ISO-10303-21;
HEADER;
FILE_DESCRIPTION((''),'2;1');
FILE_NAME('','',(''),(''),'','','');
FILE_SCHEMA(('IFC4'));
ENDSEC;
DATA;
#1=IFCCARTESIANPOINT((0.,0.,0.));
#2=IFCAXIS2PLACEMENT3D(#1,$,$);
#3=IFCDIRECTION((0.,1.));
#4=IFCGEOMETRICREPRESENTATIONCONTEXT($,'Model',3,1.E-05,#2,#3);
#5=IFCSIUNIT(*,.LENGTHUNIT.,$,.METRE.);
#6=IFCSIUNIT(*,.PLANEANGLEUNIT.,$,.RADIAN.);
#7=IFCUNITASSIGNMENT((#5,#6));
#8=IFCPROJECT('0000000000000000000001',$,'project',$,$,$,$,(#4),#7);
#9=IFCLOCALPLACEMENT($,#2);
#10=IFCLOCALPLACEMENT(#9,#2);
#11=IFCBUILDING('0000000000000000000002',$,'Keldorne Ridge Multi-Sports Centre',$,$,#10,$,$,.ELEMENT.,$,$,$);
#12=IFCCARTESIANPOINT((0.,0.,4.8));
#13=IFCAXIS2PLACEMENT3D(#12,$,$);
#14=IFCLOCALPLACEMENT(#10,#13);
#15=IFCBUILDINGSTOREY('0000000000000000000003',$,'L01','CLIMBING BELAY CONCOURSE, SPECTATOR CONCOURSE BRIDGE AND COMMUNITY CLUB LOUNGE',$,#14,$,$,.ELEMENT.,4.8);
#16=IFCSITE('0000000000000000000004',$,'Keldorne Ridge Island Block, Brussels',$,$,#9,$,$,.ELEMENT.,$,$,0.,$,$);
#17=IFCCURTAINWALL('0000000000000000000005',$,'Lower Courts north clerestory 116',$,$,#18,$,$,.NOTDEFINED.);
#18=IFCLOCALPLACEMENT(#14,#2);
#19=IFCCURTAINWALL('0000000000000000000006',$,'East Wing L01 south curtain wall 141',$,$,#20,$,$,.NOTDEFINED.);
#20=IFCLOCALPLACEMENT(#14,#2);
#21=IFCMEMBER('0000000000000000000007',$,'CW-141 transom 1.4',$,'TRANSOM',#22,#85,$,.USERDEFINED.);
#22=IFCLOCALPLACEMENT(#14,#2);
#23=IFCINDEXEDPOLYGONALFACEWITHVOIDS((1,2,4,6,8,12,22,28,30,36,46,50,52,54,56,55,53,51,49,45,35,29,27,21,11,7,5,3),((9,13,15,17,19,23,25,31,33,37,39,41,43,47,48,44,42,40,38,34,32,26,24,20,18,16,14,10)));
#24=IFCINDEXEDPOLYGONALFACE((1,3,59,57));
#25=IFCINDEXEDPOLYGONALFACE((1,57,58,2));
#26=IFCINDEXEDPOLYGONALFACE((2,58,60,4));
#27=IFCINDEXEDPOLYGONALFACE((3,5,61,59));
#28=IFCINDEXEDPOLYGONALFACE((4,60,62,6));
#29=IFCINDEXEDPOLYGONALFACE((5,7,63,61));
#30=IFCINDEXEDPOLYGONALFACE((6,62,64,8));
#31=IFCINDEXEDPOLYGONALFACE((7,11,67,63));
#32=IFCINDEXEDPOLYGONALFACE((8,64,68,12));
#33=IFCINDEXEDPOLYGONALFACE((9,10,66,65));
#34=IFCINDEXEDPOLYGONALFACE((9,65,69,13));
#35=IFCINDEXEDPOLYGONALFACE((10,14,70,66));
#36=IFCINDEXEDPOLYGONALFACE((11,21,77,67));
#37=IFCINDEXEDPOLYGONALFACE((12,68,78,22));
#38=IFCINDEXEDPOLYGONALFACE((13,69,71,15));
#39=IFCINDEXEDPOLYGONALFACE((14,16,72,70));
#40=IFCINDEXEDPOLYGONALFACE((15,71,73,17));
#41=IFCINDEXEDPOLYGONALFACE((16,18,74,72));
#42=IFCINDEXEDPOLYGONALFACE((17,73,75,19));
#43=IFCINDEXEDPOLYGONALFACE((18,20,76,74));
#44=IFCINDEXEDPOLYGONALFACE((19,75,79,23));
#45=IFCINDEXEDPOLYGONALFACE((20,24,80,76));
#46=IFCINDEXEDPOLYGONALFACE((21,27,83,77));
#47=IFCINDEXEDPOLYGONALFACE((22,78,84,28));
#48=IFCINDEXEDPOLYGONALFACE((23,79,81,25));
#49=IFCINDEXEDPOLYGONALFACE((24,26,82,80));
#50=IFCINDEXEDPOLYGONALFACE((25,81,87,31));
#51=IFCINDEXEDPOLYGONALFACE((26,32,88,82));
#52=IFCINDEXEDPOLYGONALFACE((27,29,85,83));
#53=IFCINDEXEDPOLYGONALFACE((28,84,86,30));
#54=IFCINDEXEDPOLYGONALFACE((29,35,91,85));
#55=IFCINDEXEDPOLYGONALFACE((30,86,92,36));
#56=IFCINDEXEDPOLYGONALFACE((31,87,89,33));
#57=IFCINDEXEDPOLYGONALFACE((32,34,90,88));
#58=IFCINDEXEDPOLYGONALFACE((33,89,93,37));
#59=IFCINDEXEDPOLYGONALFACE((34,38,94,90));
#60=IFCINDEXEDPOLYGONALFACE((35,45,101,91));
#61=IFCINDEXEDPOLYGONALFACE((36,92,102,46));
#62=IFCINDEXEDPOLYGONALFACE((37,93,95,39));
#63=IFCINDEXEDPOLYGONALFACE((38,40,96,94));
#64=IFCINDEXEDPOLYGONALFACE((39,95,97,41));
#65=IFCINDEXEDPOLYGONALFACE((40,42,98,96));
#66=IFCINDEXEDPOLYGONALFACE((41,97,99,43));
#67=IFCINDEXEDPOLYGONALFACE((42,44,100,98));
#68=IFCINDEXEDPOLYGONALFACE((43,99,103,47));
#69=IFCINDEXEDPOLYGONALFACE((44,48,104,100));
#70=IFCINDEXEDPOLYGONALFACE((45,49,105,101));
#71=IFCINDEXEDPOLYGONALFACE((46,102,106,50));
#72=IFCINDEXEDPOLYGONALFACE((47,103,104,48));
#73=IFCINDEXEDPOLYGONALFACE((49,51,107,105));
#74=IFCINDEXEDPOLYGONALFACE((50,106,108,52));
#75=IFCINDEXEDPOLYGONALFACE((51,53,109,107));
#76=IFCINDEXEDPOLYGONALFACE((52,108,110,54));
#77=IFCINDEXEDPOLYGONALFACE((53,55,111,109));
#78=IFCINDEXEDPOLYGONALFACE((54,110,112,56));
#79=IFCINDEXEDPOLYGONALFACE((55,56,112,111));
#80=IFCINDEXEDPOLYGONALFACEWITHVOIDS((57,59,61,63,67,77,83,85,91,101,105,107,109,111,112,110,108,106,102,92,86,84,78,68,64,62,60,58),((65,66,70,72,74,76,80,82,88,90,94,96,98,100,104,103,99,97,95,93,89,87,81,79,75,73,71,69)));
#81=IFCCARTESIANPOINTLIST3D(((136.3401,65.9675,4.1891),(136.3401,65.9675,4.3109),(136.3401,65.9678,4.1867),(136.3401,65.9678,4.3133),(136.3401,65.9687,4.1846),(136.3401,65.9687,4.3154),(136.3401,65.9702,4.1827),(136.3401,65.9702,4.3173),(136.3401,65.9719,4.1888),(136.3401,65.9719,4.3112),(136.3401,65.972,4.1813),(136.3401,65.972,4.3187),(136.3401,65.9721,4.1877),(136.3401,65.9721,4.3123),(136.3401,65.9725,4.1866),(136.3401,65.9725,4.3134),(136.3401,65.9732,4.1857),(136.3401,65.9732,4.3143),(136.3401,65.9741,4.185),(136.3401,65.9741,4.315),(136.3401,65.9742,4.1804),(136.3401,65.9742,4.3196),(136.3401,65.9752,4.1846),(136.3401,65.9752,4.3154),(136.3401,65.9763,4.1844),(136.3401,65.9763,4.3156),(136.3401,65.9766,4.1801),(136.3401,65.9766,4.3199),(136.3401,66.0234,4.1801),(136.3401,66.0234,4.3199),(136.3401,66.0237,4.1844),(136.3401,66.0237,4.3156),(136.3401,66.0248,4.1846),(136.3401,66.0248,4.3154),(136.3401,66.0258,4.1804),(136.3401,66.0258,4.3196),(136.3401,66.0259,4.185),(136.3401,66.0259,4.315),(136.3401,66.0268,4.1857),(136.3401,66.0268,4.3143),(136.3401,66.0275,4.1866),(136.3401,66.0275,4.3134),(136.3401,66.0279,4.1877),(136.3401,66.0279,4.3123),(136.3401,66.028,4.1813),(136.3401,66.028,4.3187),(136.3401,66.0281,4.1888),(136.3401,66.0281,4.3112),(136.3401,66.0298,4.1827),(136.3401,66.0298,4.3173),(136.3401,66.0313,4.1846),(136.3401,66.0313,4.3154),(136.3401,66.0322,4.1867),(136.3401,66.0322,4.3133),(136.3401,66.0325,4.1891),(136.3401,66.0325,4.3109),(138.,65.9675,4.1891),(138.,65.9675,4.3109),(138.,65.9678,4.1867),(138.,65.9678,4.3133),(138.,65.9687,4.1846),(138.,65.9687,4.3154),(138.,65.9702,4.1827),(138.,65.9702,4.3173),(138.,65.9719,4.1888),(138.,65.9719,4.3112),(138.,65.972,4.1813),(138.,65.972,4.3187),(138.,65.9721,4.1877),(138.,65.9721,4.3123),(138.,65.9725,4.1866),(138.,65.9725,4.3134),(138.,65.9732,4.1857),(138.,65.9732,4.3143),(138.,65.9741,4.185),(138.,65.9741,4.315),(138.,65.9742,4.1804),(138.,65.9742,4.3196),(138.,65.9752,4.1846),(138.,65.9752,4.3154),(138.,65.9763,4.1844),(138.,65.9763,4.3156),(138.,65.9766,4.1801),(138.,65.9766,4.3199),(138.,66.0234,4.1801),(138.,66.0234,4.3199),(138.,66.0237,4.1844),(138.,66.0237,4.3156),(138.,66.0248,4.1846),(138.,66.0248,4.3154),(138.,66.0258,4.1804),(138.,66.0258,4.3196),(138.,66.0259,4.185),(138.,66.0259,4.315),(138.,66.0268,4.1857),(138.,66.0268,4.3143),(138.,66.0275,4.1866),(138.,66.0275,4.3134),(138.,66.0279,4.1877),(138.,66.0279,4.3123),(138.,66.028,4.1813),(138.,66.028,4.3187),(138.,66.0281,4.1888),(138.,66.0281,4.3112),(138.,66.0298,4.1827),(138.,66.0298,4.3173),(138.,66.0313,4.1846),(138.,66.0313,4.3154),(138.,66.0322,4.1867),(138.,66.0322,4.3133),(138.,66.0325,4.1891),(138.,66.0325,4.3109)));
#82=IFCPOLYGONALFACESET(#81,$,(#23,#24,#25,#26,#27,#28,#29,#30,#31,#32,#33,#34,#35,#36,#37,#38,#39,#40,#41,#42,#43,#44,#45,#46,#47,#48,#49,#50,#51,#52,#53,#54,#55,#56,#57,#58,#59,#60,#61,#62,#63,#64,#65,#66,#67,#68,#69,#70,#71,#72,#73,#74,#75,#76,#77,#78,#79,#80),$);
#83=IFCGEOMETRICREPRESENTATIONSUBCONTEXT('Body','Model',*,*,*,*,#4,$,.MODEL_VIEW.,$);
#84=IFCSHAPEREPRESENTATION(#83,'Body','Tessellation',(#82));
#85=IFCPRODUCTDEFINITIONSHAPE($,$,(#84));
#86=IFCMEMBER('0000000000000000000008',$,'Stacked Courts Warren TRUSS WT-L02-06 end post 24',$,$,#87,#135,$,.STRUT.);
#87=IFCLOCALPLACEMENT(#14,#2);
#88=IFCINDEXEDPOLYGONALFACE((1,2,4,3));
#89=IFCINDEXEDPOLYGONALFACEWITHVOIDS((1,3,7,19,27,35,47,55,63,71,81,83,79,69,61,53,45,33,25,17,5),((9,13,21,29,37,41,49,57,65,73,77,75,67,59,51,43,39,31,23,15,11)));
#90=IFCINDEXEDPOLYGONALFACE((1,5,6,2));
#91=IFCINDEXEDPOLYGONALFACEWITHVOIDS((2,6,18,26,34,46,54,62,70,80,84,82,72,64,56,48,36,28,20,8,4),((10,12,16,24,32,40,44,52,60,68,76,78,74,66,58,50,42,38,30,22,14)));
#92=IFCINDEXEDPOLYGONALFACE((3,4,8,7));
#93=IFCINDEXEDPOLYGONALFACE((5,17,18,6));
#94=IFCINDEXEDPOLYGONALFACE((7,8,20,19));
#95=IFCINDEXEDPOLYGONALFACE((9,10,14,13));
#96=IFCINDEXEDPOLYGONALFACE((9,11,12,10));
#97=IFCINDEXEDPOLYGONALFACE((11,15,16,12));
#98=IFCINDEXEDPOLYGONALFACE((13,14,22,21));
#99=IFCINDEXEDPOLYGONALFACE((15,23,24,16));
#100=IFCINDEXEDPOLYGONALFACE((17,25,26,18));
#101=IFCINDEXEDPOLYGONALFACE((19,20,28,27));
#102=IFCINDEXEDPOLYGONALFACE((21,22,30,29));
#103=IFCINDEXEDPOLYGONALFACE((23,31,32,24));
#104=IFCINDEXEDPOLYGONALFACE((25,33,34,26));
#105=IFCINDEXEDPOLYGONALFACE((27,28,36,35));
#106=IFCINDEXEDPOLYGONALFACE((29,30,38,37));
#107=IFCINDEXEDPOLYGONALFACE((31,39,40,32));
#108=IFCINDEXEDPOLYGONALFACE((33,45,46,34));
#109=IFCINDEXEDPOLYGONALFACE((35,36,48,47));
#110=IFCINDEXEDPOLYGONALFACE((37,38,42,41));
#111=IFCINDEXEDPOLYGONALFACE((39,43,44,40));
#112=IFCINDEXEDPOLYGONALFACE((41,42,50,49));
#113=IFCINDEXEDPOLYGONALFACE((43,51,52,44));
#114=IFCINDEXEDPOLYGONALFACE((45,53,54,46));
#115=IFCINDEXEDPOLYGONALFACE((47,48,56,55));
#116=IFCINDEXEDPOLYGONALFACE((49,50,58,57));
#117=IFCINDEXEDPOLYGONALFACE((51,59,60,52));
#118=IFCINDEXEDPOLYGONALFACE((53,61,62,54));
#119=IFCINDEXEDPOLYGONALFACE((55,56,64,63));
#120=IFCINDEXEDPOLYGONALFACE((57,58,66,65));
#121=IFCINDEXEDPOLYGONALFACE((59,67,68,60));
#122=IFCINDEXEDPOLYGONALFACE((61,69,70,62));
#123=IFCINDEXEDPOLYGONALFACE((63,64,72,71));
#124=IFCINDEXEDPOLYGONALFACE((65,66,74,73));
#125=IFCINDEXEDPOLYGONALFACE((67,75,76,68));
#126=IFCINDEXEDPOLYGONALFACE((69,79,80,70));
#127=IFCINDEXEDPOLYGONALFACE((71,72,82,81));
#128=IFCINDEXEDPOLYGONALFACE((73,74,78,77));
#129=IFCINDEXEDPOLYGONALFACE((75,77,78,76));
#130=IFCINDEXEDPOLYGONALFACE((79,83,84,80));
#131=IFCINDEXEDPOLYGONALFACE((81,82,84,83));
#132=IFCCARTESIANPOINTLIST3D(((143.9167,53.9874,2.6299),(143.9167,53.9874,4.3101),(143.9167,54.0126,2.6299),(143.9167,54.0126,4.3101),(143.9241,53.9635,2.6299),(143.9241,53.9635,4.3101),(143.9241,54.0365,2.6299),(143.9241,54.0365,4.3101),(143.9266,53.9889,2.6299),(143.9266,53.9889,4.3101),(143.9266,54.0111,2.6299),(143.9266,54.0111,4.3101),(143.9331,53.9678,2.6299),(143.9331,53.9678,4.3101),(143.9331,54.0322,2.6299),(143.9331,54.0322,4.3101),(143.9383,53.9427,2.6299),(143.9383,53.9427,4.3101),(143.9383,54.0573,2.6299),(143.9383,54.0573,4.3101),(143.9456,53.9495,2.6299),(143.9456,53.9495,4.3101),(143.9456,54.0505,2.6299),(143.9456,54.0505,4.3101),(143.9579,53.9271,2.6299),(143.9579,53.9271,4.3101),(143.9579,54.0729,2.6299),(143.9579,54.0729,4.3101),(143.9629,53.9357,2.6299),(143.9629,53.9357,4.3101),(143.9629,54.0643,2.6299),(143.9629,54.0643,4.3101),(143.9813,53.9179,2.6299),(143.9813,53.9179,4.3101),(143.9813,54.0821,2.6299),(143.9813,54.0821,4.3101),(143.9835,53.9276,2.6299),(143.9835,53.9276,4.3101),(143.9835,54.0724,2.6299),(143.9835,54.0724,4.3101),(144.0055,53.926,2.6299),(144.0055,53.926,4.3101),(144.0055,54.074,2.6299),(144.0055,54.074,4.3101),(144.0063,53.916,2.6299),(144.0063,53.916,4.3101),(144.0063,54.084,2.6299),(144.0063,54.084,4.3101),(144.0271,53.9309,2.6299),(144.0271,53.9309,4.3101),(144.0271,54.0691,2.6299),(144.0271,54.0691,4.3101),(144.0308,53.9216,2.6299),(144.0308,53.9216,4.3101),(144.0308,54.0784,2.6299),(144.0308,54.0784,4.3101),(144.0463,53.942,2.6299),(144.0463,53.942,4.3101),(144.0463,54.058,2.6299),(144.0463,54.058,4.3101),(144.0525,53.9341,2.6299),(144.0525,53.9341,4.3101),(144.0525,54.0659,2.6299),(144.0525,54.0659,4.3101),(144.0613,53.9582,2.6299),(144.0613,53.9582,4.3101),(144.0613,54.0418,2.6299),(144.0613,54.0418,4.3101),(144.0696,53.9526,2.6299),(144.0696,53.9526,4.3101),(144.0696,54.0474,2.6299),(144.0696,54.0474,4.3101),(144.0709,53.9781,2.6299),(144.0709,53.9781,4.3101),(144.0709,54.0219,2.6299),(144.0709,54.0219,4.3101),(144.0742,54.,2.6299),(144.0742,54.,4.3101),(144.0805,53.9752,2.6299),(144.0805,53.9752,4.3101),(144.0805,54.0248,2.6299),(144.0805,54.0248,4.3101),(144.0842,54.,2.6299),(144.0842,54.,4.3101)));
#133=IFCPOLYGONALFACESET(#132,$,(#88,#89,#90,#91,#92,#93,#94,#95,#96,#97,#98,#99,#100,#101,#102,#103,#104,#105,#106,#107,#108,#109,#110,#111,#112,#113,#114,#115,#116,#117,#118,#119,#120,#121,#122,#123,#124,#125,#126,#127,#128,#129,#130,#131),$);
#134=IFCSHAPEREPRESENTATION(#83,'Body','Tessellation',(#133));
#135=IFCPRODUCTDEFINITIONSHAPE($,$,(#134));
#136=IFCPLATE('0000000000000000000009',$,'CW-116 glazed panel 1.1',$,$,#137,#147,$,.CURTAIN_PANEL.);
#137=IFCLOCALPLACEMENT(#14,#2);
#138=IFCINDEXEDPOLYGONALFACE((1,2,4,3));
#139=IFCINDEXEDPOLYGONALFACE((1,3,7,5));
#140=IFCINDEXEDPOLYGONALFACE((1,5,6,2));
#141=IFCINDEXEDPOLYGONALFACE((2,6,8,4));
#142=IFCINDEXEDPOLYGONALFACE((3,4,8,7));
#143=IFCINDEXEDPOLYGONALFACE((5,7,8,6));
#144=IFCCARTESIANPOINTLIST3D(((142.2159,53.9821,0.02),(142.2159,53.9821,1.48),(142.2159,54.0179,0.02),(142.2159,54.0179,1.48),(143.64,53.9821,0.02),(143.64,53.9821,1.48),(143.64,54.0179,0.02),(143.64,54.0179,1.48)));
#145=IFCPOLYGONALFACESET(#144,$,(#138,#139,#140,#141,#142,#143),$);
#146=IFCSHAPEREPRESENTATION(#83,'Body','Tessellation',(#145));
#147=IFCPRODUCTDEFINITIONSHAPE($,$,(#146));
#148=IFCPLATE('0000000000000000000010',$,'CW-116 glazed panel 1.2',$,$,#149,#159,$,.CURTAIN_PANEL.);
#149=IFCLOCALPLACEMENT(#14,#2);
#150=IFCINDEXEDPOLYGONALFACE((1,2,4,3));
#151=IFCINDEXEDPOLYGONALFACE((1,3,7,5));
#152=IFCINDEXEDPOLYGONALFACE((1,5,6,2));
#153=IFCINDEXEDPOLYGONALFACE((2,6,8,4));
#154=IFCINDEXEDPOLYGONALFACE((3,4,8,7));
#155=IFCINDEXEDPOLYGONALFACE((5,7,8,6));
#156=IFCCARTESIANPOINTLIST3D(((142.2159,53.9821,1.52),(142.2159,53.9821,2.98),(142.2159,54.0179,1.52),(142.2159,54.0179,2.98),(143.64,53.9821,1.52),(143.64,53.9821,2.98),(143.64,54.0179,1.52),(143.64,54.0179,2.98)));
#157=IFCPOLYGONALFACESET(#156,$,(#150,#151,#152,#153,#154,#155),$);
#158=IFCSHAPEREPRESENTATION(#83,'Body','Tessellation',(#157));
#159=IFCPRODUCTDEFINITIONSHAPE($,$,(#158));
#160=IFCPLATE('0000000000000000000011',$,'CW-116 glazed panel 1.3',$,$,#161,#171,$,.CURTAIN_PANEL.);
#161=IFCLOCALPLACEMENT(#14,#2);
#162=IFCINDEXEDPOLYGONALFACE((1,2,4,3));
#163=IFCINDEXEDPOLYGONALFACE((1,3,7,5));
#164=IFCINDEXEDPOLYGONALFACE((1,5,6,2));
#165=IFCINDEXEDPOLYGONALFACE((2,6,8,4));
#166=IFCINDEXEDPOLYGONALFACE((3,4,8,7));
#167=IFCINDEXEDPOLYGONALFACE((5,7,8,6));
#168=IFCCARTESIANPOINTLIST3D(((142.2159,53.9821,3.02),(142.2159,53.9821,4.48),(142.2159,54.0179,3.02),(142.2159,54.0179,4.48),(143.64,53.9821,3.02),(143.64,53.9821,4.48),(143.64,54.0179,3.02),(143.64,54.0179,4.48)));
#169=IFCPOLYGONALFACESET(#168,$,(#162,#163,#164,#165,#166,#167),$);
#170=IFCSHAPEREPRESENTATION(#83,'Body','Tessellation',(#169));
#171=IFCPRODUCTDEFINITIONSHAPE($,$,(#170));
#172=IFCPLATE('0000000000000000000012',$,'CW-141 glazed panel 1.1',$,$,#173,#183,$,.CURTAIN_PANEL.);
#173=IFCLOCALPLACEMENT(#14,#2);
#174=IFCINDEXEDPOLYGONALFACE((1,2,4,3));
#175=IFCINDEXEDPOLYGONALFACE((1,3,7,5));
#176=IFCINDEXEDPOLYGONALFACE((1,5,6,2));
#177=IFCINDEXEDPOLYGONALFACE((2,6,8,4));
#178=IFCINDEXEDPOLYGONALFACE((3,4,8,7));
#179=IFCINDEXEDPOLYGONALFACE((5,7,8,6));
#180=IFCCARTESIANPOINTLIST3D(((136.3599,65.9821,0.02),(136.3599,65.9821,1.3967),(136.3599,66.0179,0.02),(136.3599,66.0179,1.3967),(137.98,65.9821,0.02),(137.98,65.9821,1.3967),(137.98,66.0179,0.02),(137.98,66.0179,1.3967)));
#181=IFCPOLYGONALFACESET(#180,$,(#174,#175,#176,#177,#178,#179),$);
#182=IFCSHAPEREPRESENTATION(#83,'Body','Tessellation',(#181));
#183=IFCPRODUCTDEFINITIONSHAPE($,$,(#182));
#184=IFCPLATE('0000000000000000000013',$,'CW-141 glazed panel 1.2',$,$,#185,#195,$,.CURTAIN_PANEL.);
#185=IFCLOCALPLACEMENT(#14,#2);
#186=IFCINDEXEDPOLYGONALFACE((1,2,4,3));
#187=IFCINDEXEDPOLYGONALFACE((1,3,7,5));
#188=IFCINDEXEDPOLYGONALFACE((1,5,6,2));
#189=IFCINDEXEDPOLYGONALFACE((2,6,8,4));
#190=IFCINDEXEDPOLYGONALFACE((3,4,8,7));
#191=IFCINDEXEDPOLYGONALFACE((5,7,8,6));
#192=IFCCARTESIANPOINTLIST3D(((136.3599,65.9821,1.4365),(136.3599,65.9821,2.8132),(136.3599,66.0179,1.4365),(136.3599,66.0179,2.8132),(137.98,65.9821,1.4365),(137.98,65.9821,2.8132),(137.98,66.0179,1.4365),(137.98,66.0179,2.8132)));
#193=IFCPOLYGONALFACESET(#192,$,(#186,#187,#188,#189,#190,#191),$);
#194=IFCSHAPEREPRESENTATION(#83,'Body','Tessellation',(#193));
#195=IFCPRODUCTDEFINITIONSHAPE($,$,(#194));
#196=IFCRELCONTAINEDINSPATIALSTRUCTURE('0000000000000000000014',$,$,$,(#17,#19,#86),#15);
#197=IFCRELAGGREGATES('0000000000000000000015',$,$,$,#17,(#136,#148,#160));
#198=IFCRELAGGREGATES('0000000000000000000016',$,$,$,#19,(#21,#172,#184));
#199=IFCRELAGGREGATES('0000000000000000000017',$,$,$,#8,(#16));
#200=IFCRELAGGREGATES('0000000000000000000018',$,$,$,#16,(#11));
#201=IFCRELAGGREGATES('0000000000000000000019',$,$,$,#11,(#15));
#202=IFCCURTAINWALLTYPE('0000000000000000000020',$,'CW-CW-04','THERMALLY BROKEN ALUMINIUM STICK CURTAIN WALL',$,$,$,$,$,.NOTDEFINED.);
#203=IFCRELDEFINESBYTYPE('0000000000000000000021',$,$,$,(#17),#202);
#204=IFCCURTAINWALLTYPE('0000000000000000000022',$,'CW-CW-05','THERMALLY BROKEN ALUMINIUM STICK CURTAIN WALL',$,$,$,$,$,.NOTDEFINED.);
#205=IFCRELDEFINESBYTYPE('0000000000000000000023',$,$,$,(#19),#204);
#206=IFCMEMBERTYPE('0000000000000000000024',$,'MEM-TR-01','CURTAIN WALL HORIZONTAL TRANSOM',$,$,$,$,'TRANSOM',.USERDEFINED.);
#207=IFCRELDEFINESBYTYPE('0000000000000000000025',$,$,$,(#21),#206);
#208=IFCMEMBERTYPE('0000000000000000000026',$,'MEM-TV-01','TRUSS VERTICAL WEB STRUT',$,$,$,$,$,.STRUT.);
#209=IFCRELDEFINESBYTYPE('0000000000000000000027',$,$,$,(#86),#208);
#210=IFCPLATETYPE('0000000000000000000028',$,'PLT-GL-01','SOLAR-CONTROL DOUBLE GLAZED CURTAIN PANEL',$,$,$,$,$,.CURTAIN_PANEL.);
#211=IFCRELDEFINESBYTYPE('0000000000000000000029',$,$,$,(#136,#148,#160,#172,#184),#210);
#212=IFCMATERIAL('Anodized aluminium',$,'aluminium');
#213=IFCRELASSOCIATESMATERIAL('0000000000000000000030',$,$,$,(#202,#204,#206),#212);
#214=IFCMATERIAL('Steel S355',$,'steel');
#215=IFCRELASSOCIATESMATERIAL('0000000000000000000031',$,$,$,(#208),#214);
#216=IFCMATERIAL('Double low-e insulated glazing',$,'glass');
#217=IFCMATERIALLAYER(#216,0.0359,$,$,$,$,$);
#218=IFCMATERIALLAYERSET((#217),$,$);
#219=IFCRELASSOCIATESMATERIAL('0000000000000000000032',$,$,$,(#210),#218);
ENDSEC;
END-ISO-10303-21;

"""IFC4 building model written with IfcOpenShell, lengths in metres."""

from ifc_helpers import new_model, si_unit, direction, frame, origin, origin_2d, place, context, subcontext, project, spatial, rectangle, hollow_rectangle, hollow_circle, extrude, material, layer, layer_set, material_profile, profile_set, type_object, element, aggregate, save


model = new_model("IFC4")

# Units and contexts
model_context = context("Model", 3, precision=1e-05, world=origin(), true_north=direction((0.0, 1.0)))
body_context = subcontext(model_context, "Body", "Model", "MODEL_VIEW")
ifc_project = project(units=[si_unit("LENGTHUNIT", "METRE"), si_unit("PLANEANGLEUNIT", "RADIAN")], contexts=[model_context])

# Site, building, storey
site_placement = place(None, origin())
site = spatial("IfcSite", under=ifc_project, at=site_placement, Name="Keldorne Ridge Island Block, Brussels", CompositionType="ELEMENT", RefElevation=0.0)
building_placement = place(site_placement, origin())
building = spatial("IfcBuilding", under=site, at=building_placement, Name="Keldorne Ridge Multi-Sports Centre", CompositionType="ELEMENT")
storey_placement = place(building_placement, frame((0.0, 0.0, 4.8)))
storey = spatial("IfcBuildingStorey", under=building, at=storey_placement, Name="L01", Description="CLIMBING BELAY CONCOURSE, SPECTATOR CONCOURSE BRIDGE AND COMMUNITY CLUB LOUNGE", CompositionType="ELEMENT", Elevation=4.8)

# Shared definitions
ifc_material_1 = material(Name="Steel S355", Category="steel")

# Curtain walls
ifc_material_2 = material(Name="Anodized aluminium", Category="aluminium")
curtain_wall_type_1 = type_object("IfcCurtainWallType", Name="CW-CW-04", Description="THERMALLY BROKEN ALUMINIUM STICK CURTAIN WALL", PredefinedType="NOTDEFINED", material=ifc_material_2)
curtain_wall_1_placement = place(storey_placement, origin())
curtain_wall_1 = element("IfcCurtainWall", 1, at=curtain_wall_1_placement, inside=storey, type_object=curtain_wall_type_1, Name="Lower Courts north clerestory 116", PredefinedType="NOTDEFINED")
curtain_wall_type_2 = type_object("IfcCurtainWallType", Name="CW-CW-05", Description="THERMALLY BROKEN ALUMINIUM STICK CURTAIN WALL", PredefinedType="NOTDEFINED", material=ifc_material_2)
curtain_wall_2_placement = place(storey_placement, origin())
curtain_wall_2 = element("IfcCurtainWall", 2, at=curtain_wall_2_placement, inside=storey, type_object=curtain_wall_type_2, Name="East Wing L01 south curtain wall 141", PredefinedType="NOTDEFINED")

# Members
ifc_material_profile_1 = material_profile(ifc_material_2, hollow_rectangle(XDim=0.0649, YDim=0.1399, WallThickness=0.0044, InnerFilletRadius=0.0044, OuterFilletRadius=0.009, at=origin_2d()), Name="ALU TRANSOM 140x65x4.5")
ifc_profile_set_1 = profile_set([ifc_material_profile_1], Name="Anodized aluminium")
member_type_1 = type_object("IfcMemberType", Name="MEM-TR-01", Description="CURTAIN WALL HORIZONTAL TRANSOM", ElementType="TRANSOM", PredefinedType="USERDEFINED", material=ifc_profile_set_1)
member_1_placement = place(storey_placement, frame((136.3401, 66.0, 4.25), z_axis=(1.0, 0.0, 0.0), x_axis=(0.0, 1.0, 0.0)))
member_1 = element("IfcMember", 3, at=member_1_placement, type_object=member_type_1, Name="CW-141 transom 1.4", ObjectType="TRANSOM", PredefinedType="USERDEFINED", context=body_context, shape_type="SweptSolid", body=[
    extrude(hollow_rectangle(XDim=0.0649, YDim=0.1399, WallThickness=0.0044, InnerFilletRadius=0.0044, OuterFilletRadius=0.009, at=origin_2d()), origin(), (0.0, 0.0, 1.0), 1.6599),
])
ifc_material_profile_2 = material_profile(ifc_material_1, hollow_circle(Radius=0.0842, WallThickness=0.01, at=origin_2d()), Name="CHS 168.3x10")
ifc_profile_set_2 = profile_set([ifc_material_profile_2], Name="Steel S355")
member_type_2 = type_object("IfcMemberType", Name="MEM-TV-01", Description="TRUSS VERTICAL WEB STRUT", PredefinedType="STRUT", material=ifc_profile_set_2)
member_2_placement = place(storey_placement, frame((144.0, 54.0, 2.6299), z_axis=(0.0, 0.0, 1.0), x_axis=(1.0, 0.0, 0.0)))
element("IfcMember", 4, at=member_2_placement, inside=storey, type_object=member_type_2, Name="Stacked Courts Warren TRUSS WT-L02-06 end post 24", PredefinedType="STRUT", context=body_context, shape_type="SweptSolid", body=[
    extrude(hollow_circle(Radius=0.0842, WallThickness=0.01, at=origin_2d()), origin(), (0.0, 0.0, 1.0), 1.6802),
])

# Plates
ifc_material_3 = material(Name="Double low-e insulated glazing", Category="glass")
ifc_layer = layer(ifc_material_3, 0.0359)
ifc_layer_set = layer_set([ifc_layer])
plate_type = type_object("IfcPlateType", Name="PLT-GL-01", Description="SOLAR-CONTROL DOUBLE GLAZED CURTAIN PANEL", PredefinedType="CURTAIN_PANEL", material=ifc_layer_set)
plate_1_placement = place(storey_placement, frame((142.928, 54.0, 0.02), z_axis=(0.0, 0.0, 1.0), x_axis=(-1.0, 0.0, 0.0)))
plate_1 = element("IfcPlate", 5, at=plate_1_placement, type_object=plate_type, Name="CW-116 glazed panel 1.1", PredefinedType="CURTAIN_PANEL", context=body_context, shape_type="SweptSolid", body=[
    extrude(rectangle(XDim=1.4241, YDim=0.0359, at=origin_2d()), origin(), (0.0, 0.0, 1.0), 1.46),
])
plate_2_placement = place(storey_placement, frame((142.928, 54.0, 1.52), z_axis=(0.0, 0.0, 1.0), x_axis=(-1.0, 0.0, 0.0)))
plate_2 = element("IfcPlate", 6, at=plate_2_placement, type_object=plate_type, Name="CW-116 glazed panel 1.2", PredefinedType="CURTAIN_PANEL", context=body_context, shape_type="SweptSolid", body=[
    extrude(rectangle(XDim=1.4241, YDim=0.0359, at=origin_2d()), origin(), (0.0, 0.0, 1.0), 1.46),
])
plate_3_placement = place(storey_placement, frame((142.928, 54.0, 3.02), z_axis=(0.0, 0.0, 1.0), x_axis=(-1.0, 0.0, 0.0)))
plate_3 = element("IfcPlate", 7, at=plate_3_placement, type_object=plate_type, Name="CW-116 glazed panel 1.3", PredefinedType="CURTAIN_PANEL", context=body_context, shape_type="SweptSolid", body=[
    extrude(rectangle(XDim=1.4241, YDim=0.0359, at=origin_2d()), origin(), (0.0, 0.0, 1.0), 1.46),
])
aggregate(curtain_wall_1, [plate_1, plate_2, plate_3])
plate_4_placement = place(storey_placement, frame((137.1699, 66.0, 0.02), z_axis=(0.0, 0.0, 1.0), x_axis=(1.0, 0.0, 0.0)))
plate_4 = element("IfcPlate", 8, at=plate_4_placement, type_object=plate_type, Name="CW-141 glazed panel 1.1", PredefinedType="CURTAIN_PANEL", context=body_context, shape_type="SweptSolid", body=[
    extrude(rectangle(XDim=1.6201, YDim=0.0359, at=origin_2d()), origin(), (0.0, 0.0, 1.0), 1.3767),
])
plate_5_placement = place(storey_placement, frame((137.1699, 66.0, 1.4365), z_axis=(0.0, 0.0, 1.0), x_axis=(1.0, 0.0, 0.0)))
plate_5 = element("IfcPlate", 9, at=plate_5_placement, type_object=plate_type, Name="CW-141 glazed panel 1.2", PredefinedType="CURTAIN_PANEL", context=body_context, shape_type="SweptSolid", body=[
    extrude(rectangle(XDim=1.6201, YDim=0.0359, at=origin_2d()), origin(), (0.0, 0.0, 1.0), 1.3767),
])
aggregate(curtain_wall_2, [member_1, plate_4, plate_5])

save(model, "model.ifc")
